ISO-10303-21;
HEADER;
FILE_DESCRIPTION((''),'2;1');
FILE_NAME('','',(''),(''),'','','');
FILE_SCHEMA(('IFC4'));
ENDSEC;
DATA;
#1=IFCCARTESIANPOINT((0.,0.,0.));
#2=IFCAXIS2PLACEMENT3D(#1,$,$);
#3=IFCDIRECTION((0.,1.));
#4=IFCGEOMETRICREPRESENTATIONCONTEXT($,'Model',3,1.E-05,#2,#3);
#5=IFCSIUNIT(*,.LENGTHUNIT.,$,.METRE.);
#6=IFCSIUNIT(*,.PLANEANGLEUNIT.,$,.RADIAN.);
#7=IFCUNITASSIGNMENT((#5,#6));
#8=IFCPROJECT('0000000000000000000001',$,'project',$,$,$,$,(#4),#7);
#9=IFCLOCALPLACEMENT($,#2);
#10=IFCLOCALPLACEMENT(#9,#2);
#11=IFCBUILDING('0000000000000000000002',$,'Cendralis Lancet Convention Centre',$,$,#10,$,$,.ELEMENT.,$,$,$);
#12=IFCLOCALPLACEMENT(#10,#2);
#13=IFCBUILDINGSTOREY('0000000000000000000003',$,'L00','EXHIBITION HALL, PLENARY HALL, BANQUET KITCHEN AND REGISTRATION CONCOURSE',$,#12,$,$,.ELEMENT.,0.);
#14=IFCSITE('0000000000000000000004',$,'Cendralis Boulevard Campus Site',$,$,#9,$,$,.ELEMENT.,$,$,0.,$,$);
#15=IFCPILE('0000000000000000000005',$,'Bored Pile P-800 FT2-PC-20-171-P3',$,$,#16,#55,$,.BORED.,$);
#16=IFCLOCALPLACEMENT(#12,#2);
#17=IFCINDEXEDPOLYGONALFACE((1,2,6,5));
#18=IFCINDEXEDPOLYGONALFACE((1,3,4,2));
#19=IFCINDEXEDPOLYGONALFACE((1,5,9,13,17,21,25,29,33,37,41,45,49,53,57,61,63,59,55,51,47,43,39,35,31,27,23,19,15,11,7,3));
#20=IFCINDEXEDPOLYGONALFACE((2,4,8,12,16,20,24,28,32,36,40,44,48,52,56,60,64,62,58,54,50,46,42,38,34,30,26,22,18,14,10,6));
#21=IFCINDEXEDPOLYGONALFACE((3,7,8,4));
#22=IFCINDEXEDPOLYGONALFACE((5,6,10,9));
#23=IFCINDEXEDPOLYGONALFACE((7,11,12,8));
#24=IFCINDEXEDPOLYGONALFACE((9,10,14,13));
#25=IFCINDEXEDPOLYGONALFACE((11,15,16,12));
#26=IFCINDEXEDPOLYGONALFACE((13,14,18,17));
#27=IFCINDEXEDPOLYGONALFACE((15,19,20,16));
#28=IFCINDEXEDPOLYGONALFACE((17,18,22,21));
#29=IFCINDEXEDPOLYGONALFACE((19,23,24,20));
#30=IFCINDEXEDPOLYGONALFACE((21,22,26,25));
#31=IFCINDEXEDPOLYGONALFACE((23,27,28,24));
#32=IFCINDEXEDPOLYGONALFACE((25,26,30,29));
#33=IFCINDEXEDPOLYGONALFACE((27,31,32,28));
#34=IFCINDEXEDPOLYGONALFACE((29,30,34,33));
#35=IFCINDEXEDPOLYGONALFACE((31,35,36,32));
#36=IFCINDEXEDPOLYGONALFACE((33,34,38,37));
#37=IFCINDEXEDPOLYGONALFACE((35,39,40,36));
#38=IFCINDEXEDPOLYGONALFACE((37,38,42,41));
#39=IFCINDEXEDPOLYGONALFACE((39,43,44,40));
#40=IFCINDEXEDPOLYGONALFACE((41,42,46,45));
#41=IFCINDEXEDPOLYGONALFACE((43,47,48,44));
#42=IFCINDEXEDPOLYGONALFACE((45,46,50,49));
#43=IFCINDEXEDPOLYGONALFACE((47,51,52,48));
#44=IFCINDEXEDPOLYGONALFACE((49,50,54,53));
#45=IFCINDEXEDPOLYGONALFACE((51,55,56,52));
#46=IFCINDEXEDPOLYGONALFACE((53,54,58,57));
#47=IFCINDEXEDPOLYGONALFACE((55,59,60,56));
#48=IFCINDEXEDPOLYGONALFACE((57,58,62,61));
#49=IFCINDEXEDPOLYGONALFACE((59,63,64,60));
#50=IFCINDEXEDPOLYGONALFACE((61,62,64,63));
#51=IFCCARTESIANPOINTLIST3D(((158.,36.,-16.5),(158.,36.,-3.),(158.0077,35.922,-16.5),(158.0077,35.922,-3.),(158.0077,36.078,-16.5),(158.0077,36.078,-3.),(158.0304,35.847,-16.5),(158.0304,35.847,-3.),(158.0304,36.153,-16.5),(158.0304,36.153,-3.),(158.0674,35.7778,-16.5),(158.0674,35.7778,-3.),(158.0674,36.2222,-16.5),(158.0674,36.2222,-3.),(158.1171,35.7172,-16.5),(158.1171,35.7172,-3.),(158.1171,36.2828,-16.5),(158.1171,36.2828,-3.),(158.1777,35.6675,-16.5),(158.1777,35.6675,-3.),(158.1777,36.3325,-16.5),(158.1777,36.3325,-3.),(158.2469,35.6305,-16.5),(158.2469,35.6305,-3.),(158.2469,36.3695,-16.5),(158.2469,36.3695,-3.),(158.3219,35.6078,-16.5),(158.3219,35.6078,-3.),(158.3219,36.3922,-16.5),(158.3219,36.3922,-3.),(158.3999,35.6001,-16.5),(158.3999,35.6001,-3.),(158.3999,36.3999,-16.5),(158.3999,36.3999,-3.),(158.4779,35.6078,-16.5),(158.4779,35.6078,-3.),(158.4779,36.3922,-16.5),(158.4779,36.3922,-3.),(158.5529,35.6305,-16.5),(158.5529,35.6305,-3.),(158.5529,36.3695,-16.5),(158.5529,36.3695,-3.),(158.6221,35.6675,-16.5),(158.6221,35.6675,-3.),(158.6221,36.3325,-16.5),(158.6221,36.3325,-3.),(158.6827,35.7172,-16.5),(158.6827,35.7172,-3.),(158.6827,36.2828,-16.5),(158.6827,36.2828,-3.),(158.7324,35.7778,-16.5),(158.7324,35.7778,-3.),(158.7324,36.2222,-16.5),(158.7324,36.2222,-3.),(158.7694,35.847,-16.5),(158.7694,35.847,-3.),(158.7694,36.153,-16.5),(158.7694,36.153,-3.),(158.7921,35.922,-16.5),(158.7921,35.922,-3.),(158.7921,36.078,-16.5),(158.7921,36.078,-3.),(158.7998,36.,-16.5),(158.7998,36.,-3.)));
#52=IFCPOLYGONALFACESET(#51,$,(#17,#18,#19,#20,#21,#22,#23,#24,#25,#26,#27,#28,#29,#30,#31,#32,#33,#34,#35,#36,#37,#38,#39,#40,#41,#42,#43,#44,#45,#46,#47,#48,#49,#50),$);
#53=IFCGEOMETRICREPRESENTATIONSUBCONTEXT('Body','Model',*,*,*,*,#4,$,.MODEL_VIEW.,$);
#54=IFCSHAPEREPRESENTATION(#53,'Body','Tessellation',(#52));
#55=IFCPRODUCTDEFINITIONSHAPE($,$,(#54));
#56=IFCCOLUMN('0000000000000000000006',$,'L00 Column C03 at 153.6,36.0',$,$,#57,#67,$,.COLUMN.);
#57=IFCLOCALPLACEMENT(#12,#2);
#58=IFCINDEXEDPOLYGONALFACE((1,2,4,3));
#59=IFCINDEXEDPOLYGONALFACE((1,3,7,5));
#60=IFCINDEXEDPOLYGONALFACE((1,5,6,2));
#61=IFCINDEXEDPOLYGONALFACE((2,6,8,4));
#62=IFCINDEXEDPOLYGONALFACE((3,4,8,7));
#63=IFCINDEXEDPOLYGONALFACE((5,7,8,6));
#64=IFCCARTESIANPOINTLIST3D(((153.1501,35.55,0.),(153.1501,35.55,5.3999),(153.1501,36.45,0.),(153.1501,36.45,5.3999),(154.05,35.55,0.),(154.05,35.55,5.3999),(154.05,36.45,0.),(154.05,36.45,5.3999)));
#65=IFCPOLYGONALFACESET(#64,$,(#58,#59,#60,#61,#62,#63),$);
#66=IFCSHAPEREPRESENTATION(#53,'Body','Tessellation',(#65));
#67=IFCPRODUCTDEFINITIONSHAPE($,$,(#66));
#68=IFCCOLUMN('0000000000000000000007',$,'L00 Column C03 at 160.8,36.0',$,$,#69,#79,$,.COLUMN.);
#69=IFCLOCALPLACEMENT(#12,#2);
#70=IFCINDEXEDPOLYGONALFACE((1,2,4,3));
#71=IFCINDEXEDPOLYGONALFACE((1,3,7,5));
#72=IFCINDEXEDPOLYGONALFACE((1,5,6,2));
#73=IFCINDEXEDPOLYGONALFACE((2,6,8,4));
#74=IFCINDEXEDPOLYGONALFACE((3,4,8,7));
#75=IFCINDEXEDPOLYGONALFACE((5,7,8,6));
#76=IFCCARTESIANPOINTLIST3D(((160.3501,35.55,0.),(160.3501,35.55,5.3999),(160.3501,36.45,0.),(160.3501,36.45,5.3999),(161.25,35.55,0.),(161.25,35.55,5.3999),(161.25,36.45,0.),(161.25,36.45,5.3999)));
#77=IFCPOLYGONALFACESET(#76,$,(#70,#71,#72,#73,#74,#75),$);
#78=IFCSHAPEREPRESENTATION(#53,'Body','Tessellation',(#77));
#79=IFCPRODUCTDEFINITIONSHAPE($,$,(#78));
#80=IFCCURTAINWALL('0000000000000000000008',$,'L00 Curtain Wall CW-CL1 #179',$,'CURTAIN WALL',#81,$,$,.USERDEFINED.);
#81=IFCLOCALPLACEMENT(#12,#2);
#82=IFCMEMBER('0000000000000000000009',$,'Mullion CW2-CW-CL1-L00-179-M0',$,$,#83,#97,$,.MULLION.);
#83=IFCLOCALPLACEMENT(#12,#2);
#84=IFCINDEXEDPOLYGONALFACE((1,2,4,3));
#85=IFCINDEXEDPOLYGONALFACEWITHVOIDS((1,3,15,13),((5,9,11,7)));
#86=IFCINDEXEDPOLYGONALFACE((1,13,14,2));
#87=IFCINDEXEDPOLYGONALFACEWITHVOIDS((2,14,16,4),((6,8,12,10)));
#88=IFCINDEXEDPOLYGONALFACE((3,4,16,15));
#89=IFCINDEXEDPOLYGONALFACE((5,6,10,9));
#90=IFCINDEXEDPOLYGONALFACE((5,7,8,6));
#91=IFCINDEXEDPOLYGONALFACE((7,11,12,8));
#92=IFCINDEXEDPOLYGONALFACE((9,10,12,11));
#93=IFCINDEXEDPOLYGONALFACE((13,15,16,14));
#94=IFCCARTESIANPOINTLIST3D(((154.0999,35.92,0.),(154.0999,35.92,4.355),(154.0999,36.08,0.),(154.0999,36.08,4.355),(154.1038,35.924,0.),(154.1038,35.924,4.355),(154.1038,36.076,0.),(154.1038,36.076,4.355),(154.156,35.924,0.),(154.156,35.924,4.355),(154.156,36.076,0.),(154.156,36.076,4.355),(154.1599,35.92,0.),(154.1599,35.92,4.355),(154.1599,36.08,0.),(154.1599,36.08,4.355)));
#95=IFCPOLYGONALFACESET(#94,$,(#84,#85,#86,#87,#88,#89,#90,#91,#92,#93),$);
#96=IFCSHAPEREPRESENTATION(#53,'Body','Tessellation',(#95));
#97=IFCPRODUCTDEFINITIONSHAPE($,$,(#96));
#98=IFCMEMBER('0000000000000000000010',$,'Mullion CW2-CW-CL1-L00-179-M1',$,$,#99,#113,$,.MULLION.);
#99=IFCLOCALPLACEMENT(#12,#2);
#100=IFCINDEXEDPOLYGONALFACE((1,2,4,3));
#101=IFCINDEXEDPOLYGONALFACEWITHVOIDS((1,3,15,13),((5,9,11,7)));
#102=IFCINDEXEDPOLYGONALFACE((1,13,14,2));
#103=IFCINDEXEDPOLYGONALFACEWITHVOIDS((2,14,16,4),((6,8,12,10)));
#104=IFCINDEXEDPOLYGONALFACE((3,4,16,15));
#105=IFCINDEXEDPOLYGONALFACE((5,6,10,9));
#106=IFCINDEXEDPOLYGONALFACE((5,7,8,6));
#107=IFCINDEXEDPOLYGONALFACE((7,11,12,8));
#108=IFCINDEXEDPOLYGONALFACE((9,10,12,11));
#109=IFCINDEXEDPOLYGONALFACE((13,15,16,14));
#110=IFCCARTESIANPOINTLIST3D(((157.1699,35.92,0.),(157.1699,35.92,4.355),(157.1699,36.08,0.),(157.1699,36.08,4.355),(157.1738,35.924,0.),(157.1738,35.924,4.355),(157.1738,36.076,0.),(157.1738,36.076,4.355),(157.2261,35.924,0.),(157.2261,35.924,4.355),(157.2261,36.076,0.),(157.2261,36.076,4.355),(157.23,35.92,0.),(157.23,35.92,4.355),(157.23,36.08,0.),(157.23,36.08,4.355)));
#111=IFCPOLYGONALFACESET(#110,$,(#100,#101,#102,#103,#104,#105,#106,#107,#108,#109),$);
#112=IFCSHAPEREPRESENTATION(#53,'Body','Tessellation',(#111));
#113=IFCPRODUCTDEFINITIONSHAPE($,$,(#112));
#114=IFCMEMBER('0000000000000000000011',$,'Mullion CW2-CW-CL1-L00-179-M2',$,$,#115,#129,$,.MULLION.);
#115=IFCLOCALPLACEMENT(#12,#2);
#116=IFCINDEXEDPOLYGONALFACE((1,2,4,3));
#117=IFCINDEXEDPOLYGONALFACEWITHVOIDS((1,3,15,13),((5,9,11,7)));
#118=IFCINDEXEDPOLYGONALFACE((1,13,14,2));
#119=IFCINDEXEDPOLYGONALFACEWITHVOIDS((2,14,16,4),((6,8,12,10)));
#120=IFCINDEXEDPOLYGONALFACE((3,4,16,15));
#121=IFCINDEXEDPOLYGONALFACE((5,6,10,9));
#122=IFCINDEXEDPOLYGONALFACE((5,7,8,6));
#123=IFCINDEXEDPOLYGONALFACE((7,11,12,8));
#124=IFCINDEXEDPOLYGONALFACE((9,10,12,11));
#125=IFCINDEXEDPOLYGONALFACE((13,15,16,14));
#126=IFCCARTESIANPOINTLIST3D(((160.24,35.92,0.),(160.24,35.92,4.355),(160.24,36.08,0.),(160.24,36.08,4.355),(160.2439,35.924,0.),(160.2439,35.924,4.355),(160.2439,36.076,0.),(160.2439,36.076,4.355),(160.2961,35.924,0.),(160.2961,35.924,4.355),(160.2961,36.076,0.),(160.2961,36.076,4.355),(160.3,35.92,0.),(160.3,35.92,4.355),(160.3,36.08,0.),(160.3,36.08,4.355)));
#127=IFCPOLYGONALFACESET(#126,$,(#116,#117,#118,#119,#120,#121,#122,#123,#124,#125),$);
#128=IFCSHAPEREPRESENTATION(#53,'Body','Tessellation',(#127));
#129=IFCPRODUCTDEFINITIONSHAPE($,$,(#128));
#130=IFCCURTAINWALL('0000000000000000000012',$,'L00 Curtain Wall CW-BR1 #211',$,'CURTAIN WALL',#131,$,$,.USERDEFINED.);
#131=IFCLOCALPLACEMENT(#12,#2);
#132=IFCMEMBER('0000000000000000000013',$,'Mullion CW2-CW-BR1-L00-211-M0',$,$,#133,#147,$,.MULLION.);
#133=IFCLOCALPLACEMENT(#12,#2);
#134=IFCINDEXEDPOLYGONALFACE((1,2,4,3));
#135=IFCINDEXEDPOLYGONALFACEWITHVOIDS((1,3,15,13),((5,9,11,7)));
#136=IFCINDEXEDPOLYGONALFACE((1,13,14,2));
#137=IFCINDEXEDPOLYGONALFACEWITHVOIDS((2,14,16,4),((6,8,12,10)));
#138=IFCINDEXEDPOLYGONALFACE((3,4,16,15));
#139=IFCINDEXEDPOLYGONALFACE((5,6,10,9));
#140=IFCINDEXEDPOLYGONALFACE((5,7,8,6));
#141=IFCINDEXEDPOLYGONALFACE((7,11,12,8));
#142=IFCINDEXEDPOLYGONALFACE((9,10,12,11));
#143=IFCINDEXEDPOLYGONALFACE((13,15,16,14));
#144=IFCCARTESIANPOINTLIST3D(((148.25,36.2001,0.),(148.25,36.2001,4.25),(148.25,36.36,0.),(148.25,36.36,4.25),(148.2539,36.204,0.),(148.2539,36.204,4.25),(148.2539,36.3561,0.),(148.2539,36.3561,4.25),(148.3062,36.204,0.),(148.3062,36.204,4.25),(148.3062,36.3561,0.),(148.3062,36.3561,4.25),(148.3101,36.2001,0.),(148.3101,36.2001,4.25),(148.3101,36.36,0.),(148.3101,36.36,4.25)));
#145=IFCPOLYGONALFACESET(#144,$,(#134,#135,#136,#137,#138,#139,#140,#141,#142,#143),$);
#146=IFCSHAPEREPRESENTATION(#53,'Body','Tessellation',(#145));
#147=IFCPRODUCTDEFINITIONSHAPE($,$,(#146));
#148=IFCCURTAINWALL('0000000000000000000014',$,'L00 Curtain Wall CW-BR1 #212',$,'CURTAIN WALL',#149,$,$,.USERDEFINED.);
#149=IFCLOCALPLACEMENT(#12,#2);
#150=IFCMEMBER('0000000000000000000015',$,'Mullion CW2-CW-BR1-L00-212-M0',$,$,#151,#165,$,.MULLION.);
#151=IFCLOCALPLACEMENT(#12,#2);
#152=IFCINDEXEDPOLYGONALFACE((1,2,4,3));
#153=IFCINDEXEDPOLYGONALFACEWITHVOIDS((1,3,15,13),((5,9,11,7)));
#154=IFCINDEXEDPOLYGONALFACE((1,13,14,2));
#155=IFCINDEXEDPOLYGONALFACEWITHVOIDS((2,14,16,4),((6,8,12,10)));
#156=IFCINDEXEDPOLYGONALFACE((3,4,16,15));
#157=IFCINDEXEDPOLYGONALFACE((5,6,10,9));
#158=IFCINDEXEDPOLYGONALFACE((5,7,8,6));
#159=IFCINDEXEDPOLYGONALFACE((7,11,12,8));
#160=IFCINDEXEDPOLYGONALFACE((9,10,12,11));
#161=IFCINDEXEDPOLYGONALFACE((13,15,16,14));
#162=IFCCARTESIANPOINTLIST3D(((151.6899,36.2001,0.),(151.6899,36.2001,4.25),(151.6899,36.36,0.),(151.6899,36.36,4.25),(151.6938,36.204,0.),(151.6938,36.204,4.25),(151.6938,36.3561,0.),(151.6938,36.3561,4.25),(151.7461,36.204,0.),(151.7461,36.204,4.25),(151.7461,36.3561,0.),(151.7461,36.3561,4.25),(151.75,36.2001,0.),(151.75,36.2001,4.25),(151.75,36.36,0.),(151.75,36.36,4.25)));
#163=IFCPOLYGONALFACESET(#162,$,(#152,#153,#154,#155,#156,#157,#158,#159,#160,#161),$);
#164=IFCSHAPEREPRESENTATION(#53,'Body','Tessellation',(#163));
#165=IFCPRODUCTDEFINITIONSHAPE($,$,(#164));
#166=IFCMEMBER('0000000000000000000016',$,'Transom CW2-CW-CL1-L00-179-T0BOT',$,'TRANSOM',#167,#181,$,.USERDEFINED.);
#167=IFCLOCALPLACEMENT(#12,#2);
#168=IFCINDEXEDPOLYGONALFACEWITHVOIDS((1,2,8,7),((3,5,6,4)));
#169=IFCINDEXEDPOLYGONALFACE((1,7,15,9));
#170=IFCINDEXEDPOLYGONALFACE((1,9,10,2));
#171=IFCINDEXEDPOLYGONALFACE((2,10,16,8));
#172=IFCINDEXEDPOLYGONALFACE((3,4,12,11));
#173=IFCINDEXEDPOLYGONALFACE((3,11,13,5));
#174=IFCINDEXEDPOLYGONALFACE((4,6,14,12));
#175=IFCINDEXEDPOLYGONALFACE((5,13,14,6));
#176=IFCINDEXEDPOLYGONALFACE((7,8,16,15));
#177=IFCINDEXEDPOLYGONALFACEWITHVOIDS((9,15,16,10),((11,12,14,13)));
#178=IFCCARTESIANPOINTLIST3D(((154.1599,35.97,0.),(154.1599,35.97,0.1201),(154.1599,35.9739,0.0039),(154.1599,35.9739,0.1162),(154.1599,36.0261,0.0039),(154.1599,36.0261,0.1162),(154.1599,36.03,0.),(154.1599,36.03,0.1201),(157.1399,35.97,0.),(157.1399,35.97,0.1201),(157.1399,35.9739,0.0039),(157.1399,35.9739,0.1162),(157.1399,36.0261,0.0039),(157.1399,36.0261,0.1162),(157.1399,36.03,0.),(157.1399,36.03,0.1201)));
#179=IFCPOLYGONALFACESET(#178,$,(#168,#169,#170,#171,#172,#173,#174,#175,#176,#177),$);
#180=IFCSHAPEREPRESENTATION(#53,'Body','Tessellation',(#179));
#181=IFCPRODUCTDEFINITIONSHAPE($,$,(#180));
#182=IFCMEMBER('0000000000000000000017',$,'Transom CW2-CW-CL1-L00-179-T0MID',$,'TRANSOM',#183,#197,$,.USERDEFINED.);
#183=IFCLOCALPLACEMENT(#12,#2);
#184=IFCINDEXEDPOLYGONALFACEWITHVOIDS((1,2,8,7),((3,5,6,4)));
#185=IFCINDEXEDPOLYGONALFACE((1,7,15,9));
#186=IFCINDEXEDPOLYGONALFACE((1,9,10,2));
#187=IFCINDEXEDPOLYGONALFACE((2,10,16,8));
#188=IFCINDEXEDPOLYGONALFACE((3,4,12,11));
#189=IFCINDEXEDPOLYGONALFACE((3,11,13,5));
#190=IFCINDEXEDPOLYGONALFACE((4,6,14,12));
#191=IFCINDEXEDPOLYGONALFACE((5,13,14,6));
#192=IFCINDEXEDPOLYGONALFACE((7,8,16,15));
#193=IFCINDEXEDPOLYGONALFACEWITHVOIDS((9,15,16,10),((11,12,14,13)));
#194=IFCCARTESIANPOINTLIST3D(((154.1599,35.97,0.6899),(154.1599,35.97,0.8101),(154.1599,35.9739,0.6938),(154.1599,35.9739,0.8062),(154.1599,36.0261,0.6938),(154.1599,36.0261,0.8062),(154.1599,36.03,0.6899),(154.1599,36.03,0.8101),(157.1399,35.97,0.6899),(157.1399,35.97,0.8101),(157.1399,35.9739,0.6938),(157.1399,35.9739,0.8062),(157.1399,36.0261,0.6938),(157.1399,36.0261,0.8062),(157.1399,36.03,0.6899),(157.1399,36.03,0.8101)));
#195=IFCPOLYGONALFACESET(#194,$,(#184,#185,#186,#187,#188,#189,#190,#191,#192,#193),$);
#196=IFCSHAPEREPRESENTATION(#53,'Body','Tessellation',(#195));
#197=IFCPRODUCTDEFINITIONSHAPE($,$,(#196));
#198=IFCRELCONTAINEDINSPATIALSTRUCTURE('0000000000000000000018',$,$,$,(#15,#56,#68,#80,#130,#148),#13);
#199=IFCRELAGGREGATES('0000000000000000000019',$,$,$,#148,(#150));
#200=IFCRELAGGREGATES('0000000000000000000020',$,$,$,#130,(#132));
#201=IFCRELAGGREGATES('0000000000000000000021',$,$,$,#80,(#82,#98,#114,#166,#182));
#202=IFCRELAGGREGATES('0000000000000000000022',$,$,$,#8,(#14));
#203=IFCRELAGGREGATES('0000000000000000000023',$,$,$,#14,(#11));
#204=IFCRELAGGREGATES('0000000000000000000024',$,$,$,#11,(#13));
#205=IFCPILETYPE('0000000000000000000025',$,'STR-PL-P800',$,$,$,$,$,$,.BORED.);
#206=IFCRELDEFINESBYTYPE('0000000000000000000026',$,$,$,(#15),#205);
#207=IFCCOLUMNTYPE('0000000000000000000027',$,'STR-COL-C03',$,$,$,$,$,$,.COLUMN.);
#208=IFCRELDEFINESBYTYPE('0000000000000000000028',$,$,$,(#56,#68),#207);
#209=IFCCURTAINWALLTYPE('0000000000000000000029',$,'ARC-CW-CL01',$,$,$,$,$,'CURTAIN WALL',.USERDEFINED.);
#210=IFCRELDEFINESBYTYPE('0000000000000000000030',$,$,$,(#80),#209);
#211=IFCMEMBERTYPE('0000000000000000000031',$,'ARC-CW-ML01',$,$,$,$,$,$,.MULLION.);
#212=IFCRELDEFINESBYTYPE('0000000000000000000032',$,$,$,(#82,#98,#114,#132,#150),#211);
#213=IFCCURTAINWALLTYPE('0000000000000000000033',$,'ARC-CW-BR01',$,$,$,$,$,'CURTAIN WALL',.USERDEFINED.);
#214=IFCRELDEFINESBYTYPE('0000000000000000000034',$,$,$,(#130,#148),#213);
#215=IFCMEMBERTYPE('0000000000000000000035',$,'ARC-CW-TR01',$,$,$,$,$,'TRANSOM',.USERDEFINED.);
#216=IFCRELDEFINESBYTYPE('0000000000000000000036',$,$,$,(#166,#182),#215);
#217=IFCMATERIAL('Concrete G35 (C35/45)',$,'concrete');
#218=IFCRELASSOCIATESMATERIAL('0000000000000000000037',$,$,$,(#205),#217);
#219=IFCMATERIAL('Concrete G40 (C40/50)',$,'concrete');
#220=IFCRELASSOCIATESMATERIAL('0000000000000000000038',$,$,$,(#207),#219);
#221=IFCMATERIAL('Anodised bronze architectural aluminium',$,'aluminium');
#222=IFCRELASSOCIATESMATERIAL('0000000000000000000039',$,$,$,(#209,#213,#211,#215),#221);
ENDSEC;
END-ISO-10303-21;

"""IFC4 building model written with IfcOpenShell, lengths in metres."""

from ifc_helpers import new_model, si_unit, direction, frame, origin, origin_2d, place, context, subcontext, project, spatial, rectangle, hollow_rectangle, circle, extrude, material, material_profile, profile_set, type_object, element, aggregate, save


model = new_model("IFC4")

# Units and contexts
model_context = context("Model", 3, precision=1e-05, world=origin(), true_north=direction((0.0, 1.0)))
body_context = subcontext(model_context, "Body", "Model", "MODEL_VIEW")
ifc_project = project(units=[si_unit("LENGTHUNIT", "METRE"), si_unit("PLANEANGLEUNIT", "RADIAN")], contexts=[model_context])

# Site, building, storey
site_placement = place(None, origin())
site = spatial("IfcSite", under=ifc_project, at=site_placement, Name="Cendralis Boulevard Campus Site", CompositionType="ELEMENT", RefElevation=0.0)
building_placement = place(site_placement, origin())
building = spatial("IfcBuilding", under=site, at=building_placement, Name="Cendralis Lancet Convention Centre", CompositionType="ELEMENT")
storey_placement = place(building_placement, origin())
storey = spatial("IfcBuildingStorey", under=building, at=storey_placement, Name="L00", Description="EXHIBITION HALL, PLENARY HALL, BANQUET KITCHEN AND REGISTRATION CONCOURSE", CompositionType="ELEMENT", Elevation=0.0)

# Pile
ifc_material_1 = material(Name="Concrete G35 (C35/45)", Category="concrete")
ifc_material_profile_1 = material_profile(ifc_material_1, circle(Radius=0.3999, at=origin_2d()), Name="BORED PILE D800")
ifc_profile_set_1 = profile_set([ifc_material_profile_1], Name="Concrete G35 (C35/45)")
pile_type = type_object("IfcPileType", Name="STR-PL-P800", PredefinedType="BORED", material=ifc_profile_set_1)
pile_placement = place(storey_placement, frame((158.3999, 36.0, -3.0), z_axis=(0.0, 0.0, -1.0), x_axis=(1.0, 0.0, 0.0)))
element("IfcPile", 1, at=pile_placement, inside=storey, type_object=pile_type, Name="Bored Pile P-800 FT2-PC-20-171-P3", PredefinedType="BORED", context=body_context, shape_type="SweptSolid", body=[
    extrude(circle(Radius=0.3999, at=origin_2d()), origin(), (0.0, 0.0, 1.0), 13.5),
])

# Columns
ifc_material_2 = material(Name="Concrete G40 (C40/50)", Category="concrete")
ifc_material_profile_2 = material_profile(ifc_material_2, rectangle(XDim=0.8999, YDim=0.8999, at=origin_2d()), Name="RC 900x900")
ifc_profile_set_2 = profile_set([ifc_material_profile_2], Name="Concrete G40 (C40/50)")
column_type = type_object("IfcColumnType", Name="STR-COL-C03", PredefinedType="COLUMN", material=ifc_profile_set_2)
for number, where, z_axis, x_axis, name in (
    (2, (153.6001, 36.0, 0.0), (0.0, 0.0, 1.0), (1.0, 0.0, 0.0), "L00 Column C03 at 153.6,36.0"),
    (3, (160.8, 36.0, 0.0), (0.0, 0.0, 1.0), (1.0, 0.0, 0.0), "L00 Column C03 at 160.8,36.0"),
):
    element("IfcColumn", number, at=place(storey_placement, frame(where, z_axis=z_axis, x_axis=x_axis)), inside=storey, type_object=column_type, Name=name, PredefinedType="COLUMN", context=body_context, shape_type="SweptSolid", body=[
        extrude(rectangle(XDim=0.8999, YDim=0.8999, at=origin_2d()), origin(), (0.0, 0.0, 1.0), 5.3999),
    ])

# Curtain wall, members
ifc_material_3 = material(Name="Anodised bronze architectural aluminium", Category="aluminium")
curtain_wall_type_1 = type_object("IfcCurtainWallType", Name="ARC-CW-CL01", ElementType="CURTAIN WALL", PredefinedType="USERDEFINED", material=ifc_material_3)
curtain_wall_1_placement = place(storey_placement, origin())
curtain_wall_1 = element("IfcCurtainWall", 4, at=curtain_wall_1_placement, inside=storey, type_object=curtain_wall_type_1, Name="L00 Curtain Wall CW-CL1 #179", ObjectType="CURTAIN WALL", PredefinedType="USERDEFINED")
ifc_material_profile_3 = material_profile(ifc_material_3, hollow_rectangle(XDim=0.0601, YDim=0.1599, WallThickness=0.0039, at=origin_2d()), Name="AL-MULL 60x160x4.0")
ifc_profile_set_3 = profile_set([ifc_material_profile_3], Name="Anodised bronze architectural aluminium")
member_type_1 = type_object("IfcMemberType", Name="ARC-CW-ML01", PredefinedType="MULLION", material=ifc_profile_set_3)
member_1_placement = place(storey_placement, frame((154.1299, 36.0, 0.0), z_axis=(0.0, 0.0, 1.0), x_axis=(1.0, 0.0, 0.0)))
member_1 = element("IfcMember", 5, at=member_1_placement, type_object=member_type_1, Name="Mullion CW2-CW-CL1-L00-179-M0", PredefinedType="MULLION", context=body_context, shape_type="SweptSolid", body=[
    extrude(hollow_rectangle(XDim=0.0601, YDim=0.1599, WallThickness=0.0039, at=origin_2d()), origin(), (0.0, 0.0, 1.0), 4.355),
])
member_2_placement = place(storey_placement, frame((157.2, 36.0, 0.0), z_axis=(0.0, 0.0, 1.0), x_axis=(1.0, 0.0, 0.0)))
member_2 = element("IfcMember", 6, at=member_2_placement, type_object=member_type_1, Name="Mullion CW2-CW-CL1-L00-179-M1", PredefinedType="MULLION", context=body_context, shape_type="SweptSolid", body=[
    extrude(hollow_rectangle(XDim=0.0601, YDim=0.1599, WallThickness=0.0039, at=origin_2d()), origin(), (0.0, 0.0, 1.0), 4.355),
])
member_3_placement = place(storey_placement, frame((160.27, 36.0, 0.0), z_axis=(0.0, 0.0, 1.0), x_axis=(1.0, 0.0, 0.0)))
member_3 = element("IfcMember", 7, at=member_3_placement, type_object=member_type_1, Name="Mullion CW2-CW-CL1-L00-179-M2", PredefinedType="MULLION", context=body_context, shape_type="SweptSolid", body=[
    extrude(hollow_rectangle(XDim=0.0601, YDim=0.1599, WallThickness=0.0039, at=origin_2d()), origin(), (0.0, 0.0, 1.0), 4.355),
])

# Curtain walls, members
curtain_wall_type_2 = type_object("IfcCurtainWallType", Name="ARC-CW-BR01", ElementType="CURTAIN WALL", PredefinedType="USERDEFINED", material=ifc_material_3)
curtain_wall_2_placement = place(storey_placement, origin())
curtain_wall_2 = element("IfcCurtainWall", 8, at=curtain_wall_2_placement, inside=storey, type_object=curtain_wall_type_2, Name="L00 Curtain Wall CW-BR1 #211", ObjectType="CURTAIN WALL", PredefinedType="USERDEFINED")
member_4_placement = place(storey_placement, frame((148.28, 36.28, 0.0), z_axis=(0.0, 0.0, 1.0), x_axis=(1.0, 0.0, 0.0)))
member_4 = element("IfcMember", 9, at=member_4_placement, type_object=member_type_1, Name="Mullion CW2-CW-BR1-L00-211-M0", PredefinedType="MULLION", context=body_context, shape_type="SweptSolid", body=[
    extrude(hollow_rectangle(XDim=0.0601, YDim=0.1599, WallThickness=0.0039, at=origin_2d()), origin(), (0.0, 0.0, 1.0), 4.25),
])
curtain_wall_3_placement = place(storey_placement, origin())
curtain_wall_3 = element("IfcCurtainWall", 10, at=curtain_wall_3_placement, inside=storey, type_object=curtain_wall_type_2, Name="L00 Curtain Wall CW-BR1 #212", ObjectType="CURTAIN WALL", PredefinedType="USERDEFINED")
member_5_placement = place(storey_placement, frame((151.72, 36.28, 0.0), z_axis=(0.0, 0.0, 1.0), x_axis=(1.0, 0.0, 0.0)))
member_5 = element("IfcMember", 11, at=member_5_placement, type_object=member_type_1, Name="Mullion CW2-CW-BR1-L00-212-M0", PredefinedType="MULLION", context=body_context, shape_type="SweptSolid", body=[
    extrude(hollow_rectangle(XDim=0.0601, YDim=0.1599, WallThickness=0.0039, at=origin_2d()), origin(), (0.0, 0.0, 1.0), 4.25),
])
aggregate(curtain_wall_3, [member_5])

# Members
ifc_material_profile_4 = material_profile(ifc_material_3, hollow_rectangle(XDim=0.0601, YDim=0.1201, WallThickness=0.0039, at=origin_2d()), Name="AL-TRAN 60x120x4.0")
ifc_profile_set_4 = profile_set([ifc_material_profile_4], Name="Anodised bronze architectural aluminium")
member_type_2 = type_object("IfcMemberType", Name="ARC-CW-TR01", ElementType="TRANSOM", PredefinedType="USERDEFINED", material=ifc_profile_set_4)
member_6_placement = place(storey_placement, frame((154.1599, 36.0, 0.0601), z_axis=(1.0, 0.0, 0.0), x_axis=(0.0, 1.0, 0.0)))
member_6 = element("IfcMember", 12, at=member_6_placement, type_object=member_type_2, Name="Transom CW2-CW-CL1-L00-179-T0BOT", ObjectType="TRANSOM", PredefinedType="USERDEFINED", context=body_context, shape_type="SweptSolid", body=[
    extrude(hollow_rectangle(XDim=0.0601, YDim=0.1201, WallThickness=0.0039, at=origin_2d()), origin(), (0.0, 0.0, 1.0), 2.98),
])
member_7_placement = place(storey_placement, frame((154.1599, 36.0, 0.75), z_axis=(1.0, 0.0, 0.0), x_axis=(0.0, 1.0, 0.0)))
member_7 = element("IfcMember", 13, at=member_7_placement, type_object=member_type_2, Name="Transom CW2-CW-CL1-L00-179-T0MID", ObjectType="TRANSOM", PredefinedType="USERDEFINED", context=body_context, shape_type="SweptSolid", body=[
    extrude(hollow_rectangle(XDim=0.0601, YDim=0.1201, WallThickness=0.0039, at=origin_2d()), origin(), (0.0, 0.0, 1.0), 2.98),
])
aggregate(curtain_wall_2, [member_4])

aggregate(curtain_wall_1, [member_1, member_2, member_3, member_6, member_7])

save(model, "model.ifc")
